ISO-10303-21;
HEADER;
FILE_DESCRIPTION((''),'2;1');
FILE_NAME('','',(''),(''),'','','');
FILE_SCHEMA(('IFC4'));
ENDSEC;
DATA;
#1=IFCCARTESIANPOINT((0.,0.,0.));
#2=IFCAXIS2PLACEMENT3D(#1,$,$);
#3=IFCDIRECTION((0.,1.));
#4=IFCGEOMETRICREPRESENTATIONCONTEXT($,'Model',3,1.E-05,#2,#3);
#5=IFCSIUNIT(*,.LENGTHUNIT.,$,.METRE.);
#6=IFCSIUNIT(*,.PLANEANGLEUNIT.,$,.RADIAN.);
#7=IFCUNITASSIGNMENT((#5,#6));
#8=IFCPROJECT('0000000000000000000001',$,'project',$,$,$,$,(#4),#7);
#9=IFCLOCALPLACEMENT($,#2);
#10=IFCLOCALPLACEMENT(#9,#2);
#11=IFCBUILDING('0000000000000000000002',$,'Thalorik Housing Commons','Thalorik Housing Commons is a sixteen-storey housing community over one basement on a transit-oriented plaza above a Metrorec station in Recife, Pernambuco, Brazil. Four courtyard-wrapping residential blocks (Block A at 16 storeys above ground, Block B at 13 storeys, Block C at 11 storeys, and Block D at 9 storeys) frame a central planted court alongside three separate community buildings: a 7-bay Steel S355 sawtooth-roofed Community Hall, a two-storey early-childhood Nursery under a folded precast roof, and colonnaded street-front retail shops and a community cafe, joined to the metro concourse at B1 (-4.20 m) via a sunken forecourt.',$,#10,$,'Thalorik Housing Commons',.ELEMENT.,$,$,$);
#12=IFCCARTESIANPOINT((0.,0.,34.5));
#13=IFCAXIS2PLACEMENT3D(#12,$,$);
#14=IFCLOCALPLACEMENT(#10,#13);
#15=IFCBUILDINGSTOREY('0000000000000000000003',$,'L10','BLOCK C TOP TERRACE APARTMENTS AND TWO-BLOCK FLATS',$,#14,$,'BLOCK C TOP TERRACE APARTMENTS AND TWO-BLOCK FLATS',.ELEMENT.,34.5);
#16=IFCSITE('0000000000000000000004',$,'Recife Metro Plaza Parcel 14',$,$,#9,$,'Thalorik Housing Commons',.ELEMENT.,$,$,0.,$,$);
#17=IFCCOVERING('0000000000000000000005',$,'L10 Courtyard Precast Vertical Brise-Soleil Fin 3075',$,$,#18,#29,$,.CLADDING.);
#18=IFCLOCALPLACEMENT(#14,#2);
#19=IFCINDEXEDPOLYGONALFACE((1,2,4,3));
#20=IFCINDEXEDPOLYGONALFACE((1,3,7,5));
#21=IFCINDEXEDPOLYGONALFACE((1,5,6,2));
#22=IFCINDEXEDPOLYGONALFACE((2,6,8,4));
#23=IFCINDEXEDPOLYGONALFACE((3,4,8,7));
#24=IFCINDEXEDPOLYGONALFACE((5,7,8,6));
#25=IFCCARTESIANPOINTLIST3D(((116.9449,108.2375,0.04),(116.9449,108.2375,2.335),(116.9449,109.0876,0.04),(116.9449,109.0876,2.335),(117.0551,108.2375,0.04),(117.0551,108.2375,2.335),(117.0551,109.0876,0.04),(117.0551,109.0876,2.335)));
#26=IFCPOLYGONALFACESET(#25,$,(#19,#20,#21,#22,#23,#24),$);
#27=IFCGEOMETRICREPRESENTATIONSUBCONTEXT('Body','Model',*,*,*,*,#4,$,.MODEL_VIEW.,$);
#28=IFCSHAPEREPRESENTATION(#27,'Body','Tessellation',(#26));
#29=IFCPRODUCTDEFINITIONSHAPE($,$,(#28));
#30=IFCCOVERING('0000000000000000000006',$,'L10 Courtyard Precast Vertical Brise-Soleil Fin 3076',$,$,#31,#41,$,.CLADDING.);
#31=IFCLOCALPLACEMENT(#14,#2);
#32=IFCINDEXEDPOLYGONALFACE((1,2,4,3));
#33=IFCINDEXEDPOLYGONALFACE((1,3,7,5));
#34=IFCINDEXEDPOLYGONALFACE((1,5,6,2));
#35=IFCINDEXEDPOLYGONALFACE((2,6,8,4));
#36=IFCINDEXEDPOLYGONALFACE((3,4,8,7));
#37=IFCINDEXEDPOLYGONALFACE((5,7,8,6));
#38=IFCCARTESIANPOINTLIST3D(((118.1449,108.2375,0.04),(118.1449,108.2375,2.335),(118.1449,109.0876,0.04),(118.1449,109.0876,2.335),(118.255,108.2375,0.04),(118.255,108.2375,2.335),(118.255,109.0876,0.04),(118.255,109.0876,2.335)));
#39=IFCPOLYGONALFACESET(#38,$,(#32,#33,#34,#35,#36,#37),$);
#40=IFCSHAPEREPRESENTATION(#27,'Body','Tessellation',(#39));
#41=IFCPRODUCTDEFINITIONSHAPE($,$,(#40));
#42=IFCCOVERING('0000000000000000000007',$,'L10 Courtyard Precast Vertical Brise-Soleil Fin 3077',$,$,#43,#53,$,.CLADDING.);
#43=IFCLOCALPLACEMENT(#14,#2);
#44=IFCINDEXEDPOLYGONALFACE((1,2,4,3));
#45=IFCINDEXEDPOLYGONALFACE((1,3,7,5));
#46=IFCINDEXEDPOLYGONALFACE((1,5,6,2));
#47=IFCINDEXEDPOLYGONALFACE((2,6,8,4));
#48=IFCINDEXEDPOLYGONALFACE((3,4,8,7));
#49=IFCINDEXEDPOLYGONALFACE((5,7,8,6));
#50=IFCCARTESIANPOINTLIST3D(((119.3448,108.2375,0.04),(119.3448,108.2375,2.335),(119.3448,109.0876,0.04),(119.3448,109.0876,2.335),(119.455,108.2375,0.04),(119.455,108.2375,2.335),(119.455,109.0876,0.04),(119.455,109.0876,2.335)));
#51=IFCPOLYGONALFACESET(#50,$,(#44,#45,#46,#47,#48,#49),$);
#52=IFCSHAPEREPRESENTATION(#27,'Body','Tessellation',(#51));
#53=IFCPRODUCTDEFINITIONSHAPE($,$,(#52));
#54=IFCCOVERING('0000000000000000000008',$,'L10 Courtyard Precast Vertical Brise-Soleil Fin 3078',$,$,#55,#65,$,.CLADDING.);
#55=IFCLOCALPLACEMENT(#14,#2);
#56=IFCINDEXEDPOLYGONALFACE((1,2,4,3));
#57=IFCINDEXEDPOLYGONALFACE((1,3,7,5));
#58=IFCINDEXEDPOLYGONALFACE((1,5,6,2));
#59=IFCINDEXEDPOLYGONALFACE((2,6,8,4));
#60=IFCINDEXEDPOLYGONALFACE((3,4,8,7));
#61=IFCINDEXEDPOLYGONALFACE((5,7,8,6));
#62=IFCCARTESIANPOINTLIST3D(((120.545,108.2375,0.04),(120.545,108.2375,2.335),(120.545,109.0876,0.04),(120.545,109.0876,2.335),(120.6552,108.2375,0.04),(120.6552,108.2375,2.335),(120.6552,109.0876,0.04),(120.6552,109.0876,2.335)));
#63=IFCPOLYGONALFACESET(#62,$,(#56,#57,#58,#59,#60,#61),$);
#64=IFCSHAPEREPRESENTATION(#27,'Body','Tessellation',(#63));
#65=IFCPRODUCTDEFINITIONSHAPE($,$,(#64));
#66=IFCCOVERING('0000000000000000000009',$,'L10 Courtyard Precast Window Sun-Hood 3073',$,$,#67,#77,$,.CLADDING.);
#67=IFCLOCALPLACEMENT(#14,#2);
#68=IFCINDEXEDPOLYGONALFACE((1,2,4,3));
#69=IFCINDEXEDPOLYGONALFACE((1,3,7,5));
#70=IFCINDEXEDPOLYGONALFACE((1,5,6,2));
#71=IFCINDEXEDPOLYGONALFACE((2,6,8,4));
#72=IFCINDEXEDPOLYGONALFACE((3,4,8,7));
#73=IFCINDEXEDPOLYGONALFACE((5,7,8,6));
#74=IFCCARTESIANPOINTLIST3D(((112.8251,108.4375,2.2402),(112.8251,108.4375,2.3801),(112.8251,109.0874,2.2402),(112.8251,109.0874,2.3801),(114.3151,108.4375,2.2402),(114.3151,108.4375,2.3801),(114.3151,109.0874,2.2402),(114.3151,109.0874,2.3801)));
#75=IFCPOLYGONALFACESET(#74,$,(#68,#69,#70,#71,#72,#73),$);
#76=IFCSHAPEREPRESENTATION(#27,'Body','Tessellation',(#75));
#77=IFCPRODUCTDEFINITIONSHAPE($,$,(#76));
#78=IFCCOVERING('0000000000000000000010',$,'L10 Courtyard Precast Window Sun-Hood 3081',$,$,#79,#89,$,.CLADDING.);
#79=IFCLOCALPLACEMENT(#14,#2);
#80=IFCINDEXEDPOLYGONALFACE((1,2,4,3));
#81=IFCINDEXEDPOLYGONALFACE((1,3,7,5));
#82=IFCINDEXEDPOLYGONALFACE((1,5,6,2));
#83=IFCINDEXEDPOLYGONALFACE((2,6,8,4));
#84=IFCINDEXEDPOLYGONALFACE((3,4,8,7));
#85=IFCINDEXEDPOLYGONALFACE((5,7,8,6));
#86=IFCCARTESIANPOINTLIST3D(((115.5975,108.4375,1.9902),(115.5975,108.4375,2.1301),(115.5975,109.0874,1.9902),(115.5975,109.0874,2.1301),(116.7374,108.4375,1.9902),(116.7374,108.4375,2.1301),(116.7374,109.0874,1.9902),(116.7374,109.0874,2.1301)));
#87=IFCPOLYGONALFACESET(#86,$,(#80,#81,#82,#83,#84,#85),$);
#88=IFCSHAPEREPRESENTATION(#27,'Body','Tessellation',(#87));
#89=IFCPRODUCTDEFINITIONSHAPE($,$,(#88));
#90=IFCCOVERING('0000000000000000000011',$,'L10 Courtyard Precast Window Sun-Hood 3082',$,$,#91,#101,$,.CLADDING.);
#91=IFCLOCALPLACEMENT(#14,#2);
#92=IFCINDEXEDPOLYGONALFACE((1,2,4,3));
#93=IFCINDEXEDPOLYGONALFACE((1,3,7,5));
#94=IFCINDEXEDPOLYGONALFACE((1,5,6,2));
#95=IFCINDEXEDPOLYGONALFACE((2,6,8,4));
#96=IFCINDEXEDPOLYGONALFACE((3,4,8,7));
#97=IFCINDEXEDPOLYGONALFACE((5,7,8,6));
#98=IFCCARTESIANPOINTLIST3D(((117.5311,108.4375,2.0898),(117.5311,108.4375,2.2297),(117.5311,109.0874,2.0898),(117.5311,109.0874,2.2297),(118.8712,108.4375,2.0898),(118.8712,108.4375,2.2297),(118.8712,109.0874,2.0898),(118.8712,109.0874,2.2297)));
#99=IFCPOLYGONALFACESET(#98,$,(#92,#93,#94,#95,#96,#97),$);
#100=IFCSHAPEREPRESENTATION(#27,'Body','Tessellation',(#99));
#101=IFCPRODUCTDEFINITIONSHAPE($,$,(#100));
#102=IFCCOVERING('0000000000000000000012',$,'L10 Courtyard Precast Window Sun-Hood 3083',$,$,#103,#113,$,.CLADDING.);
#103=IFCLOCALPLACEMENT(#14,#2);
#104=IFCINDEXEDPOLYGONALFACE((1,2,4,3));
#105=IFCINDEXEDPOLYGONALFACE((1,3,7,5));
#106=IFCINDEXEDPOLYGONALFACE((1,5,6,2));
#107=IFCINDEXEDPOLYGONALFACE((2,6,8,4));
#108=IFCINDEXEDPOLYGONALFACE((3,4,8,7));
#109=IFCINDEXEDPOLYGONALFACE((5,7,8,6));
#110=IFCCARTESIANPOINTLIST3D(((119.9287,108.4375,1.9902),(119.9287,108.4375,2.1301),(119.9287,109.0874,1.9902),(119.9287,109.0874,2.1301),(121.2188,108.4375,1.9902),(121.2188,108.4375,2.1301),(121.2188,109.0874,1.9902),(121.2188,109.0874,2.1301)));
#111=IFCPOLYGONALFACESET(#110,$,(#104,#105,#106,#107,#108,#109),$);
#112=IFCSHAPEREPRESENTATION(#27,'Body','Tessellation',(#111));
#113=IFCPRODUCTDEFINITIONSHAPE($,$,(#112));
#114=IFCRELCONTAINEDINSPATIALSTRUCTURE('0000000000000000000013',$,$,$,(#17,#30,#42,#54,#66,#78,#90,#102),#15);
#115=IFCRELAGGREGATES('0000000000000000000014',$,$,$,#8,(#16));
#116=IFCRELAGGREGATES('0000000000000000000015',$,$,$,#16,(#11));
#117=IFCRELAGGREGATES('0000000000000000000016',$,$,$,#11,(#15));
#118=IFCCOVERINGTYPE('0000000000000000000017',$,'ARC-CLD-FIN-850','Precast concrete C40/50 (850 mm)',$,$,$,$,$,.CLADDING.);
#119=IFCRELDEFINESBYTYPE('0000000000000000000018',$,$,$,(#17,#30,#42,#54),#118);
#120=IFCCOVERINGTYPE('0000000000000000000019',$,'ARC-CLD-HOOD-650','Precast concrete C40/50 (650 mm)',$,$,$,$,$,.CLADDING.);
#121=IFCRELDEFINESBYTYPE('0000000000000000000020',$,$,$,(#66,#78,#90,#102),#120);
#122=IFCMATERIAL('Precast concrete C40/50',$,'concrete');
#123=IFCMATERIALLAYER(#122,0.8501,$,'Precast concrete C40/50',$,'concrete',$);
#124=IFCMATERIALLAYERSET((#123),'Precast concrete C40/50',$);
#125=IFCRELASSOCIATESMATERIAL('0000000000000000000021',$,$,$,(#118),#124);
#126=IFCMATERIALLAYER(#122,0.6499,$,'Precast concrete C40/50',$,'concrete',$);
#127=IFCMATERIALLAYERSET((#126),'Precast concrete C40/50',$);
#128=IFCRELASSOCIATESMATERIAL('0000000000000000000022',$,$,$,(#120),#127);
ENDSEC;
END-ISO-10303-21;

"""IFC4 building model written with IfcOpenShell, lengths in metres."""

from ifc_helpers import new_model, si_unit, direction, frame, origin, origin_2d, place, context, subcontext, project, spatial, rectangle, extrude, material, layer, layer_set, type_object, element, save


model = new_model("IFC4")

# Units and contexts
model_context = context("Model", 3, precision=1e-05, world=origin(), true_north=direction((0.0, 1.0)))
body_context = subcontext(model_context, "Body", "Model", "MODEL_VIEW")
ifc_project = project(units=[si_unit("LENGTHUNIT", "METRE"), si_unit("PLANEANGLEUNIT", "RADIAN")], contexts=[model_context])

# Site, building, storey
site_placement = place(None, origin())
site = spatial("IfcSite", under=ifc_project, at=site_placement, Name="Recife Metro Plaza Parcel 14", LongName="Thalorik Housing Commons", CompositionType="ELEMENT", RefElevation=0.0)
building_placement = place(site_placement, origin())
building = spatial("IfcBuilding", under=site, at=building_placement, Name="Thalorik Housing Commons", Description="Thalorik Housing Commons is a sixteen-storey housing community over one basement on a transit-oriented plaza above a Metrorec station in Recife, Pernambuco, Brazil. Four courtyard-wrapping residential blocks (Block A at 16 storeys above ground, Block B at 13 storeys, Block C at 11 storeys, and Block D at 9 storeys) frame a central planted court alongside three separate community buildings: a 7-bay Steel S355 sawtooth-roofed Community Hall, a two-storey early-childhood Nursery under a folded precast roof, and colonnaded street-front retail shops and a community cafe, joined to the metro concourse at B1 (-4.20 m) via a sunken forecourt.", LongName="Thalorik Housing Commons", CompositionType="ELEMENT")
storey_placement = place(building_placement, frame((0.0, 0.0, 34.5)))
storey = spatial("IfcBuildingStorey", under=building, at=storey_placement, Name="L10", Description="BLOCK C TOP TERRACE APARTMENTS AND TWO-BLOCK FLATS", LongName="BLOCK C TOP TERRACE APARTMENTS AND TWO-BLOCK FLATS", CompositionType="ELEMENT", Elevation=34.5)

# Shared definitions
ifc_material_1 = material(Name="Precast concrete C40/50", Category="concrete")

# Coverings
ifc_layer_1 = layer(ifc_material_1, 0.8501, Name="Precast concrete C40/50", Category="concrete")
ifc_layer_set_1 = layer_set([ifc_layer_1], Name="Precast concrete C40/50")
covering_type_1 = type_object("IfcCoveringType", Name="ARC-CLD-FIN-850", Description="Precast concrete C40/50 (850 mm)", PredefinedType="CLADDING", material=ifc_layer_set_1)
for number, where, z_axis, x_axis, name in (
    (1, (117.0, 108.6626, 0.04), (0.0, 0.0, 1.0), (1.0, 0.0, 0.0), "L10 Courtyard Precast Vertical Brise-Soleil Fin 3075"),
    (2, (118.2, 108.6626, 0.04), (0.0, 0.0, 1.0), (1.0, 0.0, 0.0), "L10 Courtyard Precast Vertical Brise-Soleil Fin 3076"),
    (3, (119.3999, 108.6626, 0.04), (0.0, 0.0, 1.0), (1.0, 0.0, 0.0), "L10 Courtyard Precast Vertical Brise-Soleil Fin 3077"),
    (4, (120.6001, 108.6626, 0.04), (0.0, 0.0, 1.0), (1.0, 0.0, 0.0), "L10 Courtyard Precast Vertical Brise-Soleil Fin 3078"),
):
    element("IfcCovering", number, at=place(storey_placement, frame(where, z_axis=z_axis, x_axis=x_axis)), inside=storey, type_object=covering_type_1, Name=name, PredefinedType="CLADDING", context=body_context, shape_type="SweptSolid", body=[
        extrude(rectangle(XDim=0.1101, YDim=0.8501, at=origin_2d()), origin(), (0.0, 0.0, 1.0), 2.2949),
    ])
ifc_layer_2 = layer(ifc_material_1, 0.6499, Name="Precast concrete C40/50", Category="concrete")
ifc_layer_set_2 = layer_set([ifc_layer_2], Name="Precast concrete C40/50")
covering_type_2 = type_object("IfcCoveringType", Name="ARC-CLD-HOOD-650", Description="Precast concrete C40/50 (650 mm)", PredefinedType="CLADDING", material=ifc_layer_set_2)
covering_1_placement = place(storey_placement, frame((113.5701, 108.7625, 2.2402), z_axis=(0.0, 0.0, 1.0), x_axis=(1.0, 0.0, 0.0)))
element("IfcCovering", 5, at=covering_1_placement, inside=storey, type_object=covering_type_2, Name="L10 Courtyard Precast Window Sun-Hood 3073", PredefinedType="CLADDING", context=body_context, shape_type="SweptSolid", body=[
    extrude(rectangle(XDim=1.49, YDim=0.6499, at=origin_2d()), origin(), (0.0, 0.0, 1.0), 0.1399),
])
covering_2_placement = place(storey_placement, frame((116.1675, 108.7625, 1.9902), z_axis=(0.0, 0.0, 1.0), x_axis=(1.0, 0.0, 0.0)))
element("IfcCovering", 6, at=covering_2_placement, inside=storey, type_object=covering_type_2, Name="L10 Courtyard Precast Window Sun-Hood 3081", PredefinedType="CLADDING", context=body_context, shape_type="SweptSolid", body=[
    extrude(rectangle(XDim=1.1399, YDim=0.6499, at=origin_2d()), origin(), (0.0, 0.0, 1.0), 0.1399),
])
covering_3_placement = place(storey_placement, frame((118.2012, 108.7625, 2.0898), z_axis=(0.0, 0.0, 1.0), x_axis=(1.0, 0.0, 0.0)))
element("IfcCovering", 7, at=covering_3_placement, inside=storey, type_object=covering_type_2, Name="L10 Courtyard Precast Window Sun-Hood 3082", PredefinedType="CLADDING", context=body_context, shape_type="SweptSolid", body=[
    extrude(rectangle(XDim=1.3401, YDim=0.6499, at=origin_2d()), origin(), (0.0, 0.0, 1.0), 0.1399),
])
covering_4_placement = place(storey_placement, frame((120.5737, 108.7625, 1.9902), z_axis=(0.0, 0.0, 1.0), x_axis=(1.0, 0.0, 0.0)))
element("IfcCovering", 8, at=covering_4_placement, inside=storey, type_object=covering_type_2, Name="L10 Courtyard Precast Window Sun-Hood 3083", PredefinedType="CLADDING", context=body_context, shape_type="SweptSolid", body=[
    extrude(rectangle(XDim=1.29, YDim=0.6499, at=origin_2d()), origin(), (0.0, 0.0, 1.0), 0.1399),
])

save(model, "model.ifc")
